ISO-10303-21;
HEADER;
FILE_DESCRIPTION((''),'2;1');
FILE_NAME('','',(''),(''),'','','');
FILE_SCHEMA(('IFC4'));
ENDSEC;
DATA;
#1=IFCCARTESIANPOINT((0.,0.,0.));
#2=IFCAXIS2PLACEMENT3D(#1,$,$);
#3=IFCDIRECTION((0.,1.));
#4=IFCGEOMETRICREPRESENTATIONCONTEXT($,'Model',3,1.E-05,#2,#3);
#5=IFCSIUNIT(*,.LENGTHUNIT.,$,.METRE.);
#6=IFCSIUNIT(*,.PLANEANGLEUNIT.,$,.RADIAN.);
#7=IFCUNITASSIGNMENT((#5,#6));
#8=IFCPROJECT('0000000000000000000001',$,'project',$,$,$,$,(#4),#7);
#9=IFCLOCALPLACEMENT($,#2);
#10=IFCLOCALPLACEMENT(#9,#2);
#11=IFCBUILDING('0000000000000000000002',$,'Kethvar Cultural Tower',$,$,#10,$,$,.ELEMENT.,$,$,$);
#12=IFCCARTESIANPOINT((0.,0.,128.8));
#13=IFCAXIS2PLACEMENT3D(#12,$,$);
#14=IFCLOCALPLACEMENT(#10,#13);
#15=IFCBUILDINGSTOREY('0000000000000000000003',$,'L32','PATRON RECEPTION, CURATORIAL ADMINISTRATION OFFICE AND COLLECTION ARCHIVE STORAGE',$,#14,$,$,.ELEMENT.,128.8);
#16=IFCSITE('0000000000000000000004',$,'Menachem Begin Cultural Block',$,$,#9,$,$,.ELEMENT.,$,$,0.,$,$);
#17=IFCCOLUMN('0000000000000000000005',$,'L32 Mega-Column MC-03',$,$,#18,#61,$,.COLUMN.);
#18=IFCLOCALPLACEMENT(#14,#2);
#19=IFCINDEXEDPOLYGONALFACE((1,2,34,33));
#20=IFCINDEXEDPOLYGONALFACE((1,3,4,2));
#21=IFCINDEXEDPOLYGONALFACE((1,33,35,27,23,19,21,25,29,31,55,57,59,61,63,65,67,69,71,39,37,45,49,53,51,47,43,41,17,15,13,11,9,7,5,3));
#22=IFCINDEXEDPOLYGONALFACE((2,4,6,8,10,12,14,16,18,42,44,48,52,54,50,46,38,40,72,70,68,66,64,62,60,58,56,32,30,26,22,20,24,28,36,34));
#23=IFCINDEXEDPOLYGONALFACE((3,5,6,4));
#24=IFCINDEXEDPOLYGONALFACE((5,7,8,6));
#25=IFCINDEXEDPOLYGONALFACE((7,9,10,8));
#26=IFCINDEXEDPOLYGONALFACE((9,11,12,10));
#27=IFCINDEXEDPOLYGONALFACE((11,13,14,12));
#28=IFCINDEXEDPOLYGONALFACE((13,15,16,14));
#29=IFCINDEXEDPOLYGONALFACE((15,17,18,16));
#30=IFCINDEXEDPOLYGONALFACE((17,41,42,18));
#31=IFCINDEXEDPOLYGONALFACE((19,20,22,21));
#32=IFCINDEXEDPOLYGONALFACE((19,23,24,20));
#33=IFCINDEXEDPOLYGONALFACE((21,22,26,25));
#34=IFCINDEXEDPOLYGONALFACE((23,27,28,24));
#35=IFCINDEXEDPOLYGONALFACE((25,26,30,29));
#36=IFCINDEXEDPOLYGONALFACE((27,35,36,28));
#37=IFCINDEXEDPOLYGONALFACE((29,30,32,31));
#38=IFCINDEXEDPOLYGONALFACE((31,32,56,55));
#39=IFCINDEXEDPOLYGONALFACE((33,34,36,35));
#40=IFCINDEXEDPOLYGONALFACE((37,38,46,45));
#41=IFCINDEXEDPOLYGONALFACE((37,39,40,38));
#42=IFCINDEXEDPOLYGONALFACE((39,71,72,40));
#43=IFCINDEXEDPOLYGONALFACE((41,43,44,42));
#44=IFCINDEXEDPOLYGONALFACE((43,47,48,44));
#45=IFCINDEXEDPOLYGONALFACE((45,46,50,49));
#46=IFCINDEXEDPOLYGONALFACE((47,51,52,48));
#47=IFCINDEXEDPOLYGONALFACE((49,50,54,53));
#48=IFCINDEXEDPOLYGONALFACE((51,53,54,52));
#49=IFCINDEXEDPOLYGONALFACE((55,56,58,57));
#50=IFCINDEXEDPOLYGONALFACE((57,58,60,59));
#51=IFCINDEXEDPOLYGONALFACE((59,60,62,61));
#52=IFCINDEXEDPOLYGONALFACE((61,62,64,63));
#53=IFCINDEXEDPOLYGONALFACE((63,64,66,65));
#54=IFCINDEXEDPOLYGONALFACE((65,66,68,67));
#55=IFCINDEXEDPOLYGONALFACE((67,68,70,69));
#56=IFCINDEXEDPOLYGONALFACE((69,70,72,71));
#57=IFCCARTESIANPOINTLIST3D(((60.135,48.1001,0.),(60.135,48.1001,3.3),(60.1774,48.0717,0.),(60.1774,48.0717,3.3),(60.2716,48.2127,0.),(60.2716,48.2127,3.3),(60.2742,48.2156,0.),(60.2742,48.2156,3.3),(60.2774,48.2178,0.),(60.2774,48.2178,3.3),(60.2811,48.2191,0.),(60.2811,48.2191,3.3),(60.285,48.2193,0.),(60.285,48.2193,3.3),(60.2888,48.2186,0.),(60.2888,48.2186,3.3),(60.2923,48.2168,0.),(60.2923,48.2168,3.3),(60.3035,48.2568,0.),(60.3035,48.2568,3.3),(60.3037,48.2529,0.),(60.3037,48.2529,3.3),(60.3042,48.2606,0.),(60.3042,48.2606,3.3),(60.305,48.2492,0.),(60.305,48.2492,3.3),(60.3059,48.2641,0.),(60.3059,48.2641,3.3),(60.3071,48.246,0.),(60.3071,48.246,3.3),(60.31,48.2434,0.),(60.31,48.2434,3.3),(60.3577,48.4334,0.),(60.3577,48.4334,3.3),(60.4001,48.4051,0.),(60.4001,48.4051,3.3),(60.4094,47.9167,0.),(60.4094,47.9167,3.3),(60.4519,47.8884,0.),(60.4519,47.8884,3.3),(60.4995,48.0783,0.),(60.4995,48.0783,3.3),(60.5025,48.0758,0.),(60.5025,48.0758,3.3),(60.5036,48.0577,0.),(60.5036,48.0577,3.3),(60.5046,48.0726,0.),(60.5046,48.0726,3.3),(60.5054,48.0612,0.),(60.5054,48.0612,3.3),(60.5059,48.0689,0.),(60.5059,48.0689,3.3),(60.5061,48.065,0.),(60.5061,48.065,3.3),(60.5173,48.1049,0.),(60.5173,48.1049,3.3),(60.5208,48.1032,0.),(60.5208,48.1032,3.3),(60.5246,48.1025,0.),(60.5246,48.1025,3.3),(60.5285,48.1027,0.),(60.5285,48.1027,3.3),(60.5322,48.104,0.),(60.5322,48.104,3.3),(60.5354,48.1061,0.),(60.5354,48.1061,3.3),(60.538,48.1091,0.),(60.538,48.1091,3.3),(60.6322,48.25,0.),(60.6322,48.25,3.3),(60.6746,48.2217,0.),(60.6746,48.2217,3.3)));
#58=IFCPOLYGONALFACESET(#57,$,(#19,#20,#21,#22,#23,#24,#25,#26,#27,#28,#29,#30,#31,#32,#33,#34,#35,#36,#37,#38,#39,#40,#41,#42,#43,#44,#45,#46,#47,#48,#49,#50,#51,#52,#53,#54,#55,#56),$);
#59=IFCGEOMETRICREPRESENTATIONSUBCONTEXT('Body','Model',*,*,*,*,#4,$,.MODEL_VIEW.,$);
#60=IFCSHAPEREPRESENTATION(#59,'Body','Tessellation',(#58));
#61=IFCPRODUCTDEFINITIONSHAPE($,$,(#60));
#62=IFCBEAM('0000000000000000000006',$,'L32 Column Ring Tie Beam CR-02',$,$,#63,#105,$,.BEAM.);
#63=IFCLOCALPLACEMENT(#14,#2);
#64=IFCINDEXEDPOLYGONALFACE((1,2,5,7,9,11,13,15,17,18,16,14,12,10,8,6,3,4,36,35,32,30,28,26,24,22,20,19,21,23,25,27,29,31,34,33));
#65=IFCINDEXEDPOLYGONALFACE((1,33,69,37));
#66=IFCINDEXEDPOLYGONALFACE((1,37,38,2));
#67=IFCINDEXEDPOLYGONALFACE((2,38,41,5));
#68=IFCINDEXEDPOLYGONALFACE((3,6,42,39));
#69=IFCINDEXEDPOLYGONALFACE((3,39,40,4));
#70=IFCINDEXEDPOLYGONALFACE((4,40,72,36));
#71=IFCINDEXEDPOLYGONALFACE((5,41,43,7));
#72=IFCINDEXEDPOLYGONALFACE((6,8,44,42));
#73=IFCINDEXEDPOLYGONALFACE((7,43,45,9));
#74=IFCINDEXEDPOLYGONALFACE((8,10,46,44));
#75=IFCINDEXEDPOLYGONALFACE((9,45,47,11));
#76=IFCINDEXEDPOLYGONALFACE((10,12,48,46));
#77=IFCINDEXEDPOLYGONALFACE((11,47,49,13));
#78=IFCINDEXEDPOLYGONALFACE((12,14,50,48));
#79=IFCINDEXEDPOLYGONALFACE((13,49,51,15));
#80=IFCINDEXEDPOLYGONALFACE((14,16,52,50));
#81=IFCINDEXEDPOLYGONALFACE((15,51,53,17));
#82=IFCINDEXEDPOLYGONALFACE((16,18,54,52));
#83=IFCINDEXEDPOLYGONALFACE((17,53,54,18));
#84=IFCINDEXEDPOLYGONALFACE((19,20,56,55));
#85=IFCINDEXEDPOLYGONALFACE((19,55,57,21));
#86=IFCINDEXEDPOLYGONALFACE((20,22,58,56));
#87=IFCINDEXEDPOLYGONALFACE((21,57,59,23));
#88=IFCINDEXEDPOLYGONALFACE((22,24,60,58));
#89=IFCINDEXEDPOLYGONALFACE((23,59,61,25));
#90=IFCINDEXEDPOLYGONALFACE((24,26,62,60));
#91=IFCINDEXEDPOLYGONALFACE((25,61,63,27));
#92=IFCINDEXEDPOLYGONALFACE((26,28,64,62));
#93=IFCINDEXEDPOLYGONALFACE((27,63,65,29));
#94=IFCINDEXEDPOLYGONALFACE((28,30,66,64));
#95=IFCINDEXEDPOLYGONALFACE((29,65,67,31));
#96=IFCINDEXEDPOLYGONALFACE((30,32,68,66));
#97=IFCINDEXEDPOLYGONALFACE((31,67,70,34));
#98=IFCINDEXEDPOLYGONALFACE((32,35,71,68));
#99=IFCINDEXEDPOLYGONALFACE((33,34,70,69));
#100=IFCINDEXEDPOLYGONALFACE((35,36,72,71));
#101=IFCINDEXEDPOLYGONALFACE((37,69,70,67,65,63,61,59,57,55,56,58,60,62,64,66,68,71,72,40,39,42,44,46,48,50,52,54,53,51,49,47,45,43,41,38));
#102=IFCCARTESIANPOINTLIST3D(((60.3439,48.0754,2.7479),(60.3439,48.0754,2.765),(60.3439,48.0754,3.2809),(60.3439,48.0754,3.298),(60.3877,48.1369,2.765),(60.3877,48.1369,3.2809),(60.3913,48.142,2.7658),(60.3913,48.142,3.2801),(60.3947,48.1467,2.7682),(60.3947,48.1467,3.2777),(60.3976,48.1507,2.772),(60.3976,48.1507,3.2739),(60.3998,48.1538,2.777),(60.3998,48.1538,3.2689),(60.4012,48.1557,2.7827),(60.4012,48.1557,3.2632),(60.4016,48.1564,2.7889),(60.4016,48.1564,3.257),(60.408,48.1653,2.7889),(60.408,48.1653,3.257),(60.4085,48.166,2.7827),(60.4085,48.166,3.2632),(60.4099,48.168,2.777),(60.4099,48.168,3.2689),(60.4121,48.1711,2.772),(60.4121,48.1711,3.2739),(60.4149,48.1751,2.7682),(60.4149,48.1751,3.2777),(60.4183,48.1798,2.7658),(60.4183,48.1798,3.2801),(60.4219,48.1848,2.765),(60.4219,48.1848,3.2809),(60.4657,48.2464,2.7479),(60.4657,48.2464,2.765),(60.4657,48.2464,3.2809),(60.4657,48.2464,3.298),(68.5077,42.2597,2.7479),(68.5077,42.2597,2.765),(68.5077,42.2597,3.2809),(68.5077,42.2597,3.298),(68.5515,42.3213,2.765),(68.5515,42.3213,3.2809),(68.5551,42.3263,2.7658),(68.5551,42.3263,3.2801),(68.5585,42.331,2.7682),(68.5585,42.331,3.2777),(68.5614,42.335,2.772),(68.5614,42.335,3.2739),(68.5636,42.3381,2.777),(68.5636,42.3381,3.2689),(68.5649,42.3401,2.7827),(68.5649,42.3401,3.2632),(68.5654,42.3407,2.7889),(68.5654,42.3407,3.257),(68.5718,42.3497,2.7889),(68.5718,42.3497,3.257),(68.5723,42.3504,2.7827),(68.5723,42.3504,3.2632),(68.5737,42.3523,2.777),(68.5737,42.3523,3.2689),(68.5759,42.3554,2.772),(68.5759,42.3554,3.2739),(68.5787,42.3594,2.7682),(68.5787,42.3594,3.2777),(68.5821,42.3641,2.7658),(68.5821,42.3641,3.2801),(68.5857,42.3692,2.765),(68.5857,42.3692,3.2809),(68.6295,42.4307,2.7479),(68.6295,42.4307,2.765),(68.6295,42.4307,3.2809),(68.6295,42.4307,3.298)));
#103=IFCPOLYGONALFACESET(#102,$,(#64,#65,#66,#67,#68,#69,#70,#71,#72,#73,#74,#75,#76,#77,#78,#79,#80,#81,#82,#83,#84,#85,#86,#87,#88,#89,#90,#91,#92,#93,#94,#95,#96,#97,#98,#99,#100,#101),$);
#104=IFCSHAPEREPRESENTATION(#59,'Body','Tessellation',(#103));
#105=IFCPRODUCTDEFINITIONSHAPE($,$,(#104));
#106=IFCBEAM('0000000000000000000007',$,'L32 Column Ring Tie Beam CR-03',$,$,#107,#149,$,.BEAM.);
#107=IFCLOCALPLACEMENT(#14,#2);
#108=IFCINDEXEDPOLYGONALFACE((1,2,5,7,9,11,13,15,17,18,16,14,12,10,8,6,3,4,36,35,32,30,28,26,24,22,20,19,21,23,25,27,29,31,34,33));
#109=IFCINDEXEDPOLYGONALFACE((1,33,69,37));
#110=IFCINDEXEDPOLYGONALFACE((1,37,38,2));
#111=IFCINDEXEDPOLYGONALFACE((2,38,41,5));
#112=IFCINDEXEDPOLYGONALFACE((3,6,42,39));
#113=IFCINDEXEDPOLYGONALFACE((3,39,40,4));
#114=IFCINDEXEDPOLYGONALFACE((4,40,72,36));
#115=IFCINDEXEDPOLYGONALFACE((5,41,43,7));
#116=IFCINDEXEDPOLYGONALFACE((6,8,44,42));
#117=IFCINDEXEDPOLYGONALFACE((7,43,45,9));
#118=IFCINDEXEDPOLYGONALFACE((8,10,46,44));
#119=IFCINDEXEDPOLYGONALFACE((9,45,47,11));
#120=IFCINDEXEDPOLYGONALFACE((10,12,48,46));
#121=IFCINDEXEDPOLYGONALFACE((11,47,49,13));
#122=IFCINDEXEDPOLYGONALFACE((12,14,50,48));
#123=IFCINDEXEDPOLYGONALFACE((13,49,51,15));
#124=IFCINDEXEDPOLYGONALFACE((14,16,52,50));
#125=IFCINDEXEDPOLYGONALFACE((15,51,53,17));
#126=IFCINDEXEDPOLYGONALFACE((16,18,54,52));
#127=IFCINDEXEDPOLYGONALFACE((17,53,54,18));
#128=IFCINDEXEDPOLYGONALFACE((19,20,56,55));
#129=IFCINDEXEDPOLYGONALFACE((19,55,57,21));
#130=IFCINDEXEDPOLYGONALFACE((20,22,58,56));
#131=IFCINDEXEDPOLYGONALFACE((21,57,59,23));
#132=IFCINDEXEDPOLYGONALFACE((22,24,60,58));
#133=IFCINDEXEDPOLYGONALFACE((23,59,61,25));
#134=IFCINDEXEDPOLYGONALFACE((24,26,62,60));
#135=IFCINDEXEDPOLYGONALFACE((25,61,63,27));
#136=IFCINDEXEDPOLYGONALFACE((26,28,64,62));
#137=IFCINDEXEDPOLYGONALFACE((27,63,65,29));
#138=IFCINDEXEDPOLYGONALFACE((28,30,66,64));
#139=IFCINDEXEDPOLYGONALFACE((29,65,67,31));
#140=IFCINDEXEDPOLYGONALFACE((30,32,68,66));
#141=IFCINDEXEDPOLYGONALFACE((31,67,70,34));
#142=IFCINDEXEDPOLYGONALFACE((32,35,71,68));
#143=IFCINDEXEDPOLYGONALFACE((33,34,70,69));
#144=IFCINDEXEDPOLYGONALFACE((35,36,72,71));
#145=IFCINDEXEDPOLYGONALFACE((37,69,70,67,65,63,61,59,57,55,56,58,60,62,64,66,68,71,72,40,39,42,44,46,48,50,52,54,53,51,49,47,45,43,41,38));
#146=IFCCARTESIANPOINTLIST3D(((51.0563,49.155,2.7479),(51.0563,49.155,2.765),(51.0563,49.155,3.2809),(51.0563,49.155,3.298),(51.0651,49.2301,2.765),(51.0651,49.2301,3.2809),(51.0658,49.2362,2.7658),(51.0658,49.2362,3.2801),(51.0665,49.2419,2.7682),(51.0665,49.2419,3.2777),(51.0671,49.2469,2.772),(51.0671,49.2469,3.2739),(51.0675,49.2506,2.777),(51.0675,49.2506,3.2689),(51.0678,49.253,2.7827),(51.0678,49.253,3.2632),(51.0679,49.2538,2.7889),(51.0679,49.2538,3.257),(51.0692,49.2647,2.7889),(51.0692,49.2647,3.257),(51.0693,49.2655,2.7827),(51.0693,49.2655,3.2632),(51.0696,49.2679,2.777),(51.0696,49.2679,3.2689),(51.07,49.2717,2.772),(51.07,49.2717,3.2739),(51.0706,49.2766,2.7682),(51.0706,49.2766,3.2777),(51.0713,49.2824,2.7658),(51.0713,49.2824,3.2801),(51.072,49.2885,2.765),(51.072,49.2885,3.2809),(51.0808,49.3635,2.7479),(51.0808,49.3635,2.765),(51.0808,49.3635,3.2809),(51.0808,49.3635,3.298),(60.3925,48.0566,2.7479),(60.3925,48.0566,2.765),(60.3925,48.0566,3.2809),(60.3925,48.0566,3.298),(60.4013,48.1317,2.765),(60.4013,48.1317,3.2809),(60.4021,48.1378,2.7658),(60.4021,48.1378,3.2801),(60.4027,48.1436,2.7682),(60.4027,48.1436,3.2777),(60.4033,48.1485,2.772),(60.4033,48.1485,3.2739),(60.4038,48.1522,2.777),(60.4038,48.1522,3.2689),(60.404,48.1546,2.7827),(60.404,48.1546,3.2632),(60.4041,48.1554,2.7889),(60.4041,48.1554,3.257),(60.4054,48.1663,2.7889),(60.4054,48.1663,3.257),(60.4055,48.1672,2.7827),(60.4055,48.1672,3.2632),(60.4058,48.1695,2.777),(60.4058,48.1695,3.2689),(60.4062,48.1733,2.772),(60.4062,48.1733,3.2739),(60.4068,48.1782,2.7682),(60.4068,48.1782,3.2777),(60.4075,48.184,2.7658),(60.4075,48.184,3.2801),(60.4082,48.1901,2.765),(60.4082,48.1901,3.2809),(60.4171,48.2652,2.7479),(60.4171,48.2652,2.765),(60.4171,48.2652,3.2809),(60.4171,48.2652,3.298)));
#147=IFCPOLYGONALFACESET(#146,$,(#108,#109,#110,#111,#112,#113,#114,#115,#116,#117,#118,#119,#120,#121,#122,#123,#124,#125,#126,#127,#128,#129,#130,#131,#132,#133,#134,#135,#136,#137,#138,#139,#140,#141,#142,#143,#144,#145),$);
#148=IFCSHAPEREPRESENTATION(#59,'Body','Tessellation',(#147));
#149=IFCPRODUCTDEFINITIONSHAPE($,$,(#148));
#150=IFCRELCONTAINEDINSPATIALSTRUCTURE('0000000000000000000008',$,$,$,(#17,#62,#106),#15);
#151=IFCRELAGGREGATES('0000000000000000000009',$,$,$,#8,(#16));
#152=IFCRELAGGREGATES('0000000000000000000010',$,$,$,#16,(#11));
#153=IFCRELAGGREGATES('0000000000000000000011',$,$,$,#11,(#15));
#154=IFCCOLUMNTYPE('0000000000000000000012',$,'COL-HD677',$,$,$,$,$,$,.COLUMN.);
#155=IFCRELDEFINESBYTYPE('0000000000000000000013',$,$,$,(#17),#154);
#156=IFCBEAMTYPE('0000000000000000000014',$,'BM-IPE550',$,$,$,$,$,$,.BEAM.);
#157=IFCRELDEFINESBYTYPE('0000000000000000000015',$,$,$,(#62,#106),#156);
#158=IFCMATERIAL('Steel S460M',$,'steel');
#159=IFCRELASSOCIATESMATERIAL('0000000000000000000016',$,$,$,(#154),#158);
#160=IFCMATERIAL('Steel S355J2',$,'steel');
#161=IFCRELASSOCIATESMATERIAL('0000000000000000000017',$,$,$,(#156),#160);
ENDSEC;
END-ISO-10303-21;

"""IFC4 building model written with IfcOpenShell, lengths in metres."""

from ifc_helpers import new_model, si_unit, direction, frame, origin, origin_2d, place, context, subcontext, project, spatial, i_section, extrude, source, transform, mapped, material, material_profile, profile_set, type_object, element, save


model = new_model("IFC4")

# Units and contexts
model_context = context("Model", 3, precision=1e-05, world=origin(), true_north=direction((0.0, 1.0)))
body_context = subcontext(model_context, "Body", "Model", "MODEL_VIEW")
ifc_project = project(units=[si_unit("LENGTHUNIT", "METRE"), si_unit("PLANEANGLEUNIT", "RADIAN")], contexts=[model_context])

# Site, building, storey
site_placement = place(None, origin())
site = spatial("IfcSite", under=ifc_project, at=site_placement, Name="Menachem Begin Cultural Block", CompositionType="ELEMENT", RefElevation=0.0)
building_placement = place(site_placement, origin())
building = spatial("IfcBuilding", under=site, at=building_placement, Name="Kethvar Cultural Tower", CompositionType="ELEMENT")
storey_placement = place(building_placement, frame((0.0, 0.0, 128.8)))
storey = spatial("IfcBuildingStorey", under=building, at=storey_placement, Name="L32", Description="PATRON RECEPTION, CURATORIAL ADMINISTRATION OFFICE AND COLLECTION ARCHIVE STORAGE", CompositionType="ELEMENT", Elevation=128.8)

# Column
ifc_material_1 = material(Name="Steel S460M", Category="steel")
ifc_material_profile_1 = material_profile(ifc_material_1, i_section(OverallWidth=0.4009, OverallDepth=0.3811, WebThickness=0.032, FlangeThickness=0.051, FilletRadius=0.0149, at=origin_2d()), Name="Steel S460M — HD400x677")
ifc_profile_set_1 = profile_set([ifc_material_profile_1], Name="Steel S460M — HD400x677")
column_type = type_object("IfcColumnType", Name="COL-HD677", PredefinedType="COLUMN", material=ifc_profile_set_1)
shared_shape_1 = source(origin(), body_context, "Body", "SweptSolid", [
    extrude(i_section(OverallWidth=0.4009, OverallDepth=0.3811, WebThickness=0.032, FlangeThickness=0.051, FilletRadius=0.0149, at=origin_2d()), origin(), (0.0, 0.0, 1.0), 3.3),
])
column_placement = place(storey_placement, frame((60.4048, 48.1609, 0.0), z_axis=(0.0, 0.0, 1.0), x_axis=(0.55557, 0.83147, 0.0)))
element("IfcColumn", 1, at=column_placement, inside=storey, type_object=column_type, Name="L32 Mega-Column MC-03", PredefinedType="COLUMN", context=body_context, shape_type="MappedRepresentation", body=[
    mapped(shared_shape_1, transform((0.0, 0.0, 0.0), scale=1.0)),
])

# Beams
ifc_material_2 = material(Name="Steel S355J2", Category="steel")
ifc_material_profile_2 = material_profile(ifc_material_2, i_section(OverallWidth=0.21, OverallDepth=0.55, WebThickness=0.011, FlangeThickness=0.0171, FilletRadius=0.0239, at=origin_2d()), Name="Steel S355J2 — IPE550")
ifc_profile_set_2 = profile_set([ifc_material_profile_2], Name="Steel S355J2 — IPE550")
beam_type_1 = type_object("IfcBeamType", Name="BM-IPE550", PredefinedType="BEAM", material=ifc_profile_set_2)
shared_shape_2 = source(origin(), body_context, "Body", "SweptSolid", [
    extrude(i_section(OverallWidth=0.21, OverallDepth=0.55, WebThickness=0.011, FlangeThickness=0.0171, FilletRadius=0.0239, at=origin_2d()), origin(), (0.0, 0.0, 1.0), 10.0234),
])
beam_1_placement = place(storey_placement, frame((68.5686, 42.3452, 3.0229), z_axis=(-0.81447, 0.580206, 0.0), x_axis=(-0.580206, -0.81447, 0.0)))
element("IfcBeam", 2, at=beam_1_placement, inside=storey, type_object=beam_type_1, Name="L32 Column Ring Tie Beam CR-02", PredefinedType="BEAM", context=body_context, shape_type="MappedRepresentation", body=[
    mapped(shared_shape_2, transform((0.0, 0.0, 0.0), scale=1.0)),
])
shared_shape_3 = source(origin(), body_context, "Body", "SweptSolid", [
    extrude(i_section(OverallWidth=0.21, OverallDepth=0.55, WebThickness=0.011, FlangeThickness=0.0171, FilletRadius=0.0239, at=origin_2d()), origin(), (0.0, 0.0, 1.0), 9.4006),
])
beam_2_placement = place(storey_placement, frame((60.4048, 48.1609, 3.0229), z_axis=(-0.99315, 0.116843, 0.0), x_axis=(-0.116843, -0.99315, 0.0)))
element("IfcBeam", 3, at=beam_2_placement, inside=storey, type_object=beam_type_1, Name="L32 Column Ring Tie Beam CR-03", PredefinedType="BEAM", context=body_context, shape_type="MappedRepresentation", body=[
    mapped(shared_shape_3, transform((0.0, 0.0, 0.0), scale=1.0)),
])

save(model, "model.ifc")
